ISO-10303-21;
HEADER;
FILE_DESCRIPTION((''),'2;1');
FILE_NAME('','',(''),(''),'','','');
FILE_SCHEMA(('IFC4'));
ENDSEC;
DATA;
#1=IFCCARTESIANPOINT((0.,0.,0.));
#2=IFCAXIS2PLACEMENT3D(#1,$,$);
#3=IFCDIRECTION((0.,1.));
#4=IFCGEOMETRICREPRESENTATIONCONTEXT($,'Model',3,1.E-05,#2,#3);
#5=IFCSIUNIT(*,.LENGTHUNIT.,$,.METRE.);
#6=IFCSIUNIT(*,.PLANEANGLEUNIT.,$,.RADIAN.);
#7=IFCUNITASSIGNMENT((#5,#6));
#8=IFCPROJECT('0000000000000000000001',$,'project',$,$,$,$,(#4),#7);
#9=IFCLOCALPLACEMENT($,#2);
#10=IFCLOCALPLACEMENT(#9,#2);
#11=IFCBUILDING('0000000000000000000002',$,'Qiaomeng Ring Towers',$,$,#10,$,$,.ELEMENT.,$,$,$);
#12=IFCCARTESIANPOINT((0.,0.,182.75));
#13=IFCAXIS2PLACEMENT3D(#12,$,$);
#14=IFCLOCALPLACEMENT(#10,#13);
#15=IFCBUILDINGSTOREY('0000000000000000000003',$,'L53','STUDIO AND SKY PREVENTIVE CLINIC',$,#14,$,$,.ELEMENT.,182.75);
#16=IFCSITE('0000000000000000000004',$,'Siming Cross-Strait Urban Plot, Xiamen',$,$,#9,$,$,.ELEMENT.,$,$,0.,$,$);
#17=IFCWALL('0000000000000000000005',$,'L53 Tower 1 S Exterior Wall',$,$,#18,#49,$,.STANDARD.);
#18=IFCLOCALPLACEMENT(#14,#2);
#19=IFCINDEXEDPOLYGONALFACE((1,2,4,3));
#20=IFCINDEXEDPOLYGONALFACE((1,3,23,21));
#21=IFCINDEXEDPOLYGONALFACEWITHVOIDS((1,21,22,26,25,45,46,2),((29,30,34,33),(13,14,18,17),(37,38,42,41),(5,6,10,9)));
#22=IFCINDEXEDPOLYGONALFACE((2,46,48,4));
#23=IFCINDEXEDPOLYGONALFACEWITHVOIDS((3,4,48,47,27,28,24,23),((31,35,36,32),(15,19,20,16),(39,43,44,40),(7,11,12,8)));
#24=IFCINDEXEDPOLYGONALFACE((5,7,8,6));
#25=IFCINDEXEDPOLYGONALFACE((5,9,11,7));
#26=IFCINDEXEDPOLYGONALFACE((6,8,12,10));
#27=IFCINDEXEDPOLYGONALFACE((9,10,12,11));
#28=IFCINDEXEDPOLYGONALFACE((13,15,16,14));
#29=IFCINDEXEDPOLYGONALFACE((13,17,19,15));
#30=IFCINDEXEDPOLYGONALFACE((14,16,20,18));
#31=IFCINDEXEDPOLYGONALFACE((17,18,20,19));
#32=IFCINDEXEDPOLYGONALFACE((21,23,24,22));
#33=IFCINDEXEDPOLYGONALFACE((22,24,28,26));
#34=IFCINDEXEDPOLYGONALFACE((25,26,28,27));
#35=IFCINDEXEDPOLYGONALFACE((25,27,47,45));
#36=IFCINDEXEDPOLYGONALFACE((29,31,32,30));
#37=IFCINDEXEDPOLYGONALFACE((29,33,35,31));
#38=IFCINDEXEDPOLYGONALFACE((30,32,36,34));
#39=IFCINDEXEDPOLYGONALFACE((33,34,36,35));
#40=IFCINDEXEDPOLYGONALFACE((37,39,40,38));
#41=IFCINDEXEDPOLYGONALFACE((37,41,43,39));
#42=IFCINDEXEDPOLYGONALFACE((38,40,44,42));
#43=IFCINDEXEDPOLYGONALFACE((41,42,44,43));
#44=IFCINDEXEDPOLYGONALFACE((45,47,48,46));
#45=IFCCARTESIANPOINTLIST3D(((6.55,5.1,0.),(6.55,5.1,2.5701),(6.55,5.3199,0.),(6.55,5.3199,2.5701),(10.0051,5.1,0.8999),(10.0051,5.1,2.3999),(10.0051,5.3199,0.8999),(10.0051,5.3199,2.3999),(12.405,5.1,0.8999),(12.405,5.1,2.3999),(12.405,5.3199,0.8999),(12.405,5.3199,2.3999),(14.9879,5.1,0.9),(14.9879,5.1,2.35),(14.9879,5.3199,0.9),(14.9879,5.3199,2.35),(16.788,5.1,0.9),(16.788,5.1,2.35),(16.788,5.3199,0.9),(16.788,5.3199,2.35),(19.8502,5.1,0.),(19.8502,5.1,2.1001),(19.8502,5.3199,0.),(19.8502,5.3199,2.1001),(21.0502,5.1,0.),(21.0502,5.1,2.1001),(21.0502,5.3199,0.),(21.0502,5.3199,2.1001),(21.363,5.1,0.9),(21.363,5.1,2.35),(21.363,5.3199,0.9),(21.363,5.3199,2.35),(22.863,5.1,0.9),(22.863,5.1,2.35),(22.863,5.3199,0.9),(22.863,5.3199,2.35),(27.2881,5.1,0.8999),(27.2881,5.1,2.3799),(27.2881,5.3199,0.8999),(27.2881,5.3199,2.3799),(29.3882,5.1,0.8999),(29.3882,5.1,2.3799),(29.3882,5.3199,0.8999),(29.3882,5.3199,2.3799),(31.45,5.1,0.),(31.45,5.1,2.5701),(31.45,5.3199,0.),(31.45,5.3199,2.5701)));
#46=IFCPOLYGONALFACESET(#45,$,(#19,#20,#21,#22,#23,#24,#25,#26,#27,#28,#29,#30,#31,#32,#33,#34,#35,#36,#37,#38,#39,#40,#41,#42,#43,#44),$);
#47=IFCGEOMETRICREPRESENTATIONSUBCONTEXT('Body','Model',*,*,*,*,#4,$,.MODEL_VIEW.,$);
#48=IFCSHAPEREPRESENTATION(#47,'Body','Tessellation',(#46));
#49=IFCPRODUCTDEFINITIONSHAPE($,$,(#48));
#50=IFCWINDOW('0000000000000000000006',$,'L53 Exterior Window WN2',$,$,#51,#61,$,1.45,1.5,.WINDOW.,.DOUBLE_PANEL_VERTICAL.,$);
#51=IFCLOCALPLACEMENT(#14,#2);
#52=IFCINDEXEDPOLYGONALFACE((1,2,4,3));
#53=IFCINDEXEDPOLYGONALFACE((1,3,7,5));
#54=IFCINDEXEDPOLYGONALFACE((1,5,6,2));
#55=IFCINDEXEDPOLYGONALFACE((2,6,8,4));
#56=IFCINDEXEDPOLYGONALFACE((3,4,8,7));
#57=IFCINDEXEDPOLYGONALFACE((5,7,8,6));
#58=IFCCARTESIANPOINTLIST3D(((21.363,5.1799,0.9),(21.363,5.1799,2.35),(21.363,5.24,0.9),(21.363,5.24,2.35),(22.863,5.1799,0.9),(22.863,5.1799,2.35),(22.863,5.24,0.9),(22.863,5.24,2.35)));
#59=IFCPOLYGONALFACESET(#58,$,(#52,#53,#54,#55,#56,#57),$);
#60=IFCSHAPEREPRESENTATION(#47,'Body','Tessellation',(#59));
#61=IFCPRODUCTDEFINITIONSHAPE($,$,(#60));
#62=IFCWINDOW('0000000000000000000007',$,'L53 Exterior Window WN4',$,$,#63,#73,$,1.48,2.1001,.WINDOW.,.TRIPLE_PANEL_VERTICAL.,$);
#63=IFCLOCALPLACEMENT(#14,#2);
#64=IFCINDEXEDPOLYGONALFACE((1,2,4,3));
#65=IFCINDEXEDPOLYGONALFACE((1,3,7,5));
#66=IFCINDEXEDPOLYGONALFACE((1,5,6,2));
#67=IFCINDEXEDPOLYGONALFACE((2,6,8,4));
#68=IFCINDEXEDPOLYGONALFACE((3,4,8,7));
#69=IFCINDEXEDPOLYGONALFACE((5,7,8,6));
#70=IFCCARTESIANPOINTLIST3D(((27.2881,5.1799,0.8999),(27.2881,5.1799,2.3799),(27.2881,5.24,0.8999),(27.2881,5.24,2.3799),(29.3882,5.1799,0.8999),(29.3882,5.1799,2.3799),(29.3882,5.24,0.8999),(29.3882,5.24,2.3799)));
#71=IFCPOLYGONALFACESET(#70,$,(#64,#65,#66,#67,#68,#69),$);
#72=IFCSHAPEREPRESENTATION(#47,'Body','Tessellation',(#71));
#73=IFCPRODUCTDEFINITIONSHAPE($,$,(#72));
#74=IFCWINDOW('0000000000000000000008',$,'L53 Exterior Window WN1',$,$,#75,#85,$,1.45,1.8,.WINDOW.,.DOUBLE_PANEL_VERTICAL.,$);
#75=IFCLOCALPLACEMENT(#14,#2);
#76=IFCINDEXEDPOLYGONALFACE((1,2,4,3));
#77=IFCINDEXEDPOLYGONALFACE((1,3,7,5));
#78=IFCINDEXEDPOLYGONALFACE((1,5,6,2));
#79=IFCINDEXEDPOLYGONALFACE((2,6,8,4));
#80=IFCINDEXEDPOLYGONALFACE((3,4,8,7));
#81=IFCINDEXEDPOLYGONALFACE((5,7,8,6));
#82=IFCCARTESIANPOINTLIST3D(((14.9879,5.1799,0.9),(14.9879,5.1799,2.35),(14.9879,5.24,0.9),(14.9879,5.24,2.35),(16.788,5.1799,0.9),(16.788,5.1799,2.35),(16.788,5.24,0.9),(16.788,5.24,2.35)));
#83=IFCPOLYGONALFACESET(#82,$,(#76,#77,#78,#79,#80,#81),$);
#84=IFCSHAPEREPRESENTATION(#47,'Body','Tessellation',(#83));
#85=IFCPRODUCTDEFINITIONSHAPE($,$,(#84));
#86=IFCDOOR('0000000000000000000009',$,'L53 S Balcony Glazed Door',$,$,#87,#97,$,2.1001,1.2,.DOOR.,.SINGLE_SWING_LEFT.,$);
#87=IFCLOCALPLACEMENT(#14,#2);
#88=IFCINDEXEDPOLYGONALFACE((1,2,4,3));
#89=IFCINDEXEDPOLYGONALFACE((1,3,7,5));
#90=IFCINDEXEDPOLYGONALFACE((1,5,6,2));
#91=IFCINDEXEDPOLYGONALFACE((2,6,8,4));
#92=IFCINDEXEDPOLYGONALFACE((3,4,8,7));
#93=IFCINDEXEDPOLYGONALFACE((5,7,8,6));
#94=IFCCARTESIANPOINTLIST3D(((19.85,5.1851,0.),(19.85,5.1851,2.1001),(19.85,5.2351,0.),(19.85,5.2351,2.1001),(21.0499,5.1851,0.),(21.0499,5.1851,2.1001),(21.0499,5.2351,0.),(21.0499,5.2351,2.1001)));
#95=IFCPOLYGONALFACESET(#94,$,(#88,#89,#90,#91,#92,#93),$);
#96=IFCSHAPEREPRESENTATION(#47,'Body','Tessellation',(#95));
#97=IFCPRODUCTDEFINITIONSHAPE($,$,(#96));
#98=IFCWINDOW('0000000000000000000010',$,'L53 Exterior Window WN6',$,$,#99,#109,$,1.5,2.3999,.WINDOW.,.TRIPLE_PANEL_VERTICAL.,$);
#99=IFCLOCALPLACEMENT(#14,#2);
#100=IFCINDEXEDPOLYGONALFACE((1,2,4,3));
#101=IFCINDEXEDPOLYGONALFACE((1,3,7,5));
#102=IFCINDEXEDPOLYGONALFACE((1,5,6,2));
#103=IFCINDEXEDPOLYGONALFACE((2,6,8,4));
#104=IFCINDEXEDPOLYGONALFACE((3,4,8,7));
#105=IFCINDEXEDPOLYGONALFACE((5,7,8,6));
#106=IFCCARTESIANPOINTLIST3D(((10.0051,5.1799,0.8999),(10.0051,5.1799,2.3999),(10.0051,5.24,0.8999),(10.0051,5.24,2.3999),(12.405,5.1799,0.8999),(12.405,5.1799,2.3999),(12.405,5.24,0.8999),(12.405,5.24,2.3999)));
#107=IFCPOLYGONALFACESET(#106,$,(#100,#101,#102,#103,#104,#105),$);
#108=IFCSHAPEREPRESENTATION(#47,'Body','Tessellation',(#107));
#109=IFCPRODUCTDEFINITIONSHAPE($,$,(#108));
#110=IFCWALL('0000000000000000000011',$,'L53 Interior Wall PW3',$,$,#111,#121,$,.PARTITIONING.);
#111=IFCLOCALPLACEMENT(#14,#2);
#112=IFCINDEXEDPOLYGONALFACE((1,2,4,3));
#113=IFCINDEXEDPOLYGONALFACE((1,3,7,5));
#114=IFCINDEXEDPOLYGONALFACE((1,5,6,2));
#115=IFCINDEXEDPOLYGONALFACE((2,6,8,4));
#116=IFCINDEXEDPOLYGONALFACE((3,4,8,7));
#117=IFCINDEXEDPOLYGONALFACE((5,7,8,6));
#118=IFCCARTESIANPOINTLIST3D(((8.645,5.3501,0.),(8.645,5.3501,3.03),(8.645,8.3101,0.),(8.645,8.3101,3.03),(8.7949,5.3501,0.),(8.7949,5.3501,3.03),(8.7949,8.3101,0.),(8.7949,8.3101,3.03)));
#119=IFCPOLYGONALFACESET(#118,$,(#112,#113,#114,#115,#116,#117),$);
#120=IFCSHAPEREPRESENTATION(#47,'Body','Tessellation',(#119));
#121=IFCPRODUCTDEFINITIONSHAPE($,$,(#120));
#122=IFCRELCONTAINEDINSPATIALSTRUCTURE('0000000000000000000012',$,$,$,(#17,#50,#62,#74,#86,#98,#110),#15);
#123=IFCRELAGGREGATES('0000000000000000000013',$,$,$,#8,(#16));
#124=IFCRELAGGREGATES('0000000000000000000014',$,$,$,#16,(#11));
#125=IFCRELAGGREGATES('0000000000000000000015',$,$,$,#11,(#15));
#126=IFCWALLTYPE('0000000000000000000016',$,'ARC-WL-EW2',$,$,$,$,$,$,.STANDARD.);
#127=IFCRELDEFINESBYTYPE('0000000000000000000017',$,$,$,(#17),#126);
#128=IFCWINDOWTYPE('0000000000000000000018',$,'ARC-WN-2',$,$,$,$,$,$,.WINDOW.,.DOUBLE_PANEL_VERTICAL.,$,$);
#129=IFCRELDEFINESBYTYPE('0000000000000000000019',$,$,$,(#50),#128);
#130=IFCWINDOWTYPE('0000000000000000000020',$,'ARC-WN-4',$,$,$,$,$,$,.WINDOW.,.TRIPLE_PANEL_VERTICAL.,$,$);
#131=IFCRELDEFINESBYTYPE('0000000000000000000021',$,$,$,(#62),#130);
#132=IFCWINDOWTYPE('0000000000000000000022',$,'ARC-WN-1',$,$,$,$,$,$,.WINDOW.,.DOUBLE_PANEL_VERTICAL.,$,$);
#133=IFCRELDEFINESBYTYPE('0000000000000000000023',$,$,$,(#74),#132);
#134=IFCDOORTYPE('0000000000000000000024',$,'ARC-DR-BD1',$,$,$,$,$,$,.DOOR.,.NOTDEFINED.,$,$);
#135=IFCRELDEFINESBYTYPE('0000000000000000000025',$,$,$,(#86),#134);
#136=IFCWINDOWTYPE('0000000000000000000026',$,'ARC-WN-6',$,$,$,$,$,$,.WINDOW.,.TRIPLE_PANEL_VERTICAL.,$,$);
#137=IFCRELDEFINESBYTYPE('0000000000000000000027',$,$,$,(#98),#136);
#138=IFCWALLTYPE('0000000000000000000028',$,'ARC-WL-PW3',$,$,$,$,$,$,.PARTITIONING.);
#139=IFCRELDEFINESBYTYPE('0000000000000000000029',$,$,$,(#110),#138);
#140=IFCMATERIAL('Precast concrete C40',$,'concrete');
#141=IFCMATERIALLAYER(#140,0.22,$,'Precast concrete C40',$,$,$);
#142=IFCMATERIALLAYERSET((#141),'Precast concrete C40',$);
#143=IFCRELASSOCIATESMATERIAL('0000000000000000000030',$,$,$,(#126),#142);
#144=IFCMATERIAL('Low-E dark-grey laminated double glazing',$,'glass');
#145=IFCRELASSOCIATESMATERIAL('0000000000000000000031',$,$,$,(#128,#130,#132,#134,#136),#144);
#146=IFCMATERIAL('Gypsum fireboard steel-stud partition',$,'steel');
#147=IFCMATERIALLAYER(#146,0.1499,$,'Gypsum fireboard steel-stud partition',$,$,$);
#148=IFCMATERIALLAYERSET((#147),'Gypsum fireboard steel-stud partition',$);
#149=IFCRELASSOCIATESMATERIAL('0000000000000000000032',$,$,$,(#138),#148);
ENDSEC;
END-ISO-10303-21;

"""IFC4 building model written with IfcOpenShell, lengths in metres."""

from ifc_helpers import new_model, si_unit, direction, frame, frame_2d, origin, place, context, subcontext, project, spatial, rectangle, extrude, source, transform, mapped, material, layer, layer_set, type_object, element, fill, save


model = new_model("IFC4")

# Units and contexts
model_context = context("Model", 3, precision=1e-05, world=origin(), true_north=direction((0.0, 1.0)))
body_context = subcontext(model_context, "Body", "Model", "MODEL_VIEW")
ifc_project = project(units=[si_unit("LENGTHUNIT", "METRE"), si_unit("PLANEANGLEUNIT", "RADIAN")], contexts=[model_context])

# Site, building, storey
site_placement = place(None, origin())
site = spatial("IfcSite", under=ifc_project, at=site_placement, Name="Siming Cross-Strait Urban Plot, Xiamen", CompositionType="ELEMENT", RefElevation=0.0)
building_placement = place(site_placement, origin())
building = spatial("IfcBuilding", under=site, at=building_placement, Name="Qiaomeng Ring Towers", CompositionType="ELEMENT")
storey_placement = place(building_placement, frame((0.0, 0.0, 182.75)))
storey = spatial("IfcBuildingStorey", under=building, at=storey_placement, Name="L53", Description="STUDIO AND SKY PREVENTIVE CLINIC", CompositionType="ELEMENT", Elevation=182.75)

# Shared definitions
ifc_material_1 = material(Name="Low-E dark-grey laminated double glazing", Category="glass")

# Wall, openings, windows, door
ifc_material_2 = material(Name="Precast concrete C40", Category="concrete")
ifc_layer_1 = layer(ifc_material_2, 0.22, Name="Precast concrete C40")
ifc_layer_set_1 = layer_set([ifc_layer_1], Name="Precast concrete C40")
wall_type_1 = type_object("IfcWallType", Name="ARC-WL-EW2", PredefinedType="STANDARD", material=ifc_layer_set_1)
wall_1_placement = place(storey_placement, frame((6.55, 5.21, 0.0), z_axis=(0.0, 0.0, 1.0), x_axis=(1.0, 0.0, 0.0)))
wall_1 = element("IfcWall", 1, at=wall_1_placement, inside=storey, type_object=wall_type_1, Name="L53 Tower 1 S Exterior Wall", PredefinedType="STANDARD", context=body_context, shape_type="SweptSolid", body=[
    extrude(rectangle(XDim=24.8999, YDim=0.22, at=frame_2d((12.45, 0.0))), origin(), (0.0, 0.0, 1.0), 2.5701),
])
opening_1_placement = place(wall_1_placement, frame((13.3, 0.0, 0.0)))
opening_1 = element("IfcOpeningElement", 2, at=opening_1_placement, cuts=wall_1, PredefinedType="OPENING", context=body_context, shape_type="SweptSolid", body=[
    extrude(rectangle(XDim=1.2, YDim=2.1001, at=frame_2d((0.6001, 1.05))), frame((0.0, 0.1199, 0.0), z_axis=(0.0, -1.0, 0.0), x_axis=(1.0, 0.0, 0.0)), (0.0, 0.0, 1.0), 0.24),
])
opening_2_placement = place(wall_1_placement, frame((3.4551, 0.0, 0.8999)))
opening_2 = element("IfcOpeningElement", 3, at=opening_2_placement, cuts=wall_1, PredefinedType="OPENING", context=body_context, shape_type="SweptSolid", body=[
    extrude(rectangle(XDim=2.3999, YDim=1.5, at=frame_2d((1.2, 0.75))), frame((0.0, 0.1199, 0.0), z_axis=(0.0, -1.0, 0.0), x_axis=(1.0, 0.0, 0.0)), (0.0, 0.0, 1.0), 0.24),
])
opening_3_placement = place(wall_1_placement, frame((8.438, 0.0, 0.8999)))
opening_3 = element("IfcOpeningElement", 4, at=opening_3_placement, cuts=wall_1, PredefinedType="OPENING", context=body_context, shape_type="SweptSolid", body=[
    extrude(rectangle(XDim=1.8, YDim=1.45, at=frame_2d((0.8999, 0.7251))), frame((0.0, 0.1199, 0.0), z_axis=(0.0, -1.0, 0.0), x_axis=(1.0, 0.0, 0.0)), (0.0, 0.0, 1.0), 0.24),
])
opening_4_placement = place(wall_1_placement, frame((14.813, 0.0, 0.8999)))
opening_4 = element("IfcOpeningElement", 5, at=opening_4_placement, cuts=wall_1, PredefinedType="OPENING", context=body_context, shape_type="SweptSolid", body=[
    extrude(rectangle(XDim=1.5, YDim=1.45, at=frame_2d((0.75, 0.7251))), frame((0.0, 0.1199, 0.0), z_axis=(0.0, -1.0, 0.0), x_axis=(1.0, 0.0, 0.0)), (0.0, 0.0, 1.0), 0.24),
])
opening_5_placement = place(wall_1_placement, frame((20.738, 0.0, 0.8999)))
opening_5 = element("IfcOpeningElement", 6, at=opening_5_placement, cuts=wall_1, PredefinedType="OPENING", context=body_context, shape_type="SweptSolid", body=[
    extrude(rectangle(XDim=2.1001, YDim=1.48, at=frame_2d((1.05, 0.74))), frame((0.0, 0.1199, 0.0), z_axis=(0.0, -1.0, 0.0), x_axis=(1.0, 0.0, 0.0)), (0.0, 0.0, 1.0), 0.24),
])
window_type_1 = type_object("IfcWindowType", Name="ARC-WN-2", PartitioningType="DOUBLE_PANEL_VERTICAL", PredefinedType="WINDOW", material=ifc_material_1)
shared_shape_1 = source(origin(), body_context, "Body", "SweptSolid", [
    extrude(rectangle(XDim=1.5, YDim=1.45, at=frame_2d((0.75, 0.7251))), frame((0.0, 0.03, 0.0), z_axis=(0.0, -1.0, 0.0), x_axis=(1.0, 0.0, 0.0)), (0.0, 0.0, 1.0), 0.0601),
])
window_1_placement = place(opening_4_placement, origin())
window_1 = element("IfcWindow", 7, at=window_1_placement, inside=storey, type_object=window_type_1, Name="L53 Exterior Window WN2", OverallHeight=1.45, OverallWidth=1.5, PartitioningType="DOUBLE_PANEL_VERTICAL", PredefinedType="WINDOW", context=body_context, shape_type="MappedRepresentation", body=[
    mapped(shared_shape_1, transform((0.0, 0.0, 0.0), x_axis=(1.0, 0.0, 0.0), y_axis=(0.0, 1.0, 0.0), z_axis=(0.0, 0.0, 1.0), scale=1.0)),
])
fill(opening_4, window_1)
window_type_2 = type_object("IfcWindowType", Name="ARC-WN-4", PartitioningType="TRIPLE_PANEL_VERTICAL", PredefinedType="WINDOW", material=ifc_material_1)
shared_shape_2 = source(origin(), body_context, "Body", "SweptSolid", [
    extrude(rectangle(XDim=2.1001, YDim=1.48, at=frame_2d((1.05, 0.74))), frame((0.0, 0.03, 0.0), z_axis=(0.0, -1.0, 0.0), x_axis=(1.0, 0.0, 0.0)), (0.0, 0.0, 1.0), 0.0601),
])
window_2_placement = place(opening_5_placement, origin())
window_2 = element("IfcWindow", 8, at=window_2_placement, inside=storey, type_object=window_type_2, Name="L53 Exterior Window WN4", OverallHeight=1.48, OverallWidth=2.1001, PartitioningType="TRIPLE_PANEL_VERTICAL", PredefinedType="WINDOW", context=body_context, shape_type="MappedRepresentation", body=[
    mapped(shared_shape_2, transform((0.0, 0.0, 0.0), x_axis=(1.0, 0.0, 0.0), y_axis=(0.0, 1.0, 0.0), z_axis=(0.0, 0.0, 1.0), scale=1.0)),
])
fill(opening_5, window_2)
window_type_3 = type_object("IfcWindowType", Name="ARC-WN-1", PartitioningType="DOUBLE_PANEL_VERTICAL", PredefinedType="WINDOW", material=ifc_material_1)
shared_shape_3 = source(origin(), body_context, "Body", "SweptSolid", [
    extrude(rectangle(XDim=1.8, YDim=1.45, at=frame_2d((0.8999, 0.7251))), frame((0.0, 0.03, 0.0), z_axis=(0.0, -1.0, 0.0), x_axis=(1.0, 0.0, 0.0)), (0.0, 0.0, 1.0), 0.0601),
])
window_3_placement = place(opening_3_placement, origin())
window_3 = element("IfcWindow", 9, at=window_3_placement, inside=storey, type_object=window_type_3, Name="L53 Exterior Window WN1", OverallHeight=1.45, OverallWidth=1.8, PartitioningType="DOUBLE_PANEL_VERTICAL", PredefinedType="WINDOW", context=body_context, shape_type="MappedRepresentation", body=[
    mapped(shared_shape_3, transform((0.0, 0.0, 0.0), x_axis=(1.0, 0.0, 0.0), y_axis=(0.0, 1.0, 0.0), z_axis=(0.0, 0.0, 1.0), scale=1.0)),
])
fill(opening_3, window_3)
door_type = type_object("IfcDoorType", Name="ARC-DR-BD1", OperationType="NOTDEFINED", PredefinedType="DOOR", material=ifc_material_1)
shared_shape_4 = source(origin(), body_context, "Body", "SweptSolid", [
    extrude(rectangle(XDim=1.2, YDim=2.1001, at=frame_2d((0.6001, 1.05))), frame((0.0, 0.0249, 0.0), z_axis=(0.0, -1.0, 0.0), x_axis=(1.0, 0.0, 0.0)), (0.0, 0.0, 1.0), 0.05),
])
door_placement = place(opening_1_placement, frame((1.2, 0.0, 0.0), z_axis=(0.0, 0.0, 1.0), x_axis=(-1.0, 0.0, 0.0)))
door = element("IfcDoor", 10, at=door_placement, inside=storey, type_object=door_type, Name="L53 S Balcony Glazed Door", OperationType="SINGLE_SWING_LEFT", OverallHeight=2.1001, OverallWidth=1.2, PredefinedType="DOOR", context=body_context, shape_type="MappedRepresentation", body=[
    mapped(shared_shape_4, transform((0.0, 0.0, 0.0), x_axis=(1.0, 0.0, 0.0), y_axis=(0.0, 1.0, 0.0), z_axis=(0.0, 0.0, 1.0), scale=1.0)),
])
fill(opening_1, door)
window_type_4 = type_object("IfcWindowType", Name="ARC-WN-6", PartitioningType="TRIPLE_PANEL_VERTICAL", PredefinedType="WINDOW", material=ifc_material_1)
shared_shape_5 = source(origin(), body_context, "Body", "SweptSolid", [
    extrude(rectangle(XDim=2.3999, YDim=1.5, at=frame_2d((1.2, 0.75))), frame((0.0, 0.03, 0.0), z_axis=(0.0, -1.0, 0.0), x_axis=(1.0, 0.0, 0.0)), (0.0, 0.0, 1.0), 0.0601),
])
window_4_placement = place(opening_2_placement, origin())
window_4 = element("IfcWindow", 11, at=window_4_placement, inside=storey, type_object=window_type_4, Name="L53 Exterior Window WN6", OverallHeight=1.5, OverallWidth=2.3999, PartitioningType="TRIPLE_PANEL_VERTICAL", PredefinedType="WINDOW", context=body_context, shape_type="MappedRepresentation", body=[
    mapped(shared_shape_5, transform((0.0, 0.0, 0.0), x_axis=(1.0, 0.0, 0.0), y_axis=(0.0, 1.0, 0.0), z_axis=(0.0, 0.0, 1.0), scale=1.0)),
])
fill(opening_2, window_4)

# Wall
ifc_material_3 = material(Name="Gypsum fireboard steel-stud partition", Category="steel")
ifc_layer_2 = layer(ifc_material_3, 0.1499, Name="Gypsum fireboard steel-stud partition")
ifc_layer_set_2 = layer_set([ifc_layer_2], Name="Gypsum fireboard steel-stud partition")
wall_type_2 = type_object("IfcWallType", Name="ARC-WL-PW3", PredefinedType="PARTITIONING", material=ifc_layer_set_2)
wall_2_placement = place(storey_placement, frame((8.72, 5.3501, 0.0), z_axis=(0.0, 0.0, 1.0), x_axis=(0.0, 1.0, 0.0)))
element("IfcWall", 12, at=wall_2_placement, inside=storey, type_object=wall_type_2, Name="L53 Interior Wall PW3", PredefinedType="PARTITIONING", context=body_context, shape_type="SweptSolid", body=[
    extrude(rectangle(XDim=2.96, YDim=0.1499, at=frame_2d((1.48, 0.0))), origin(), (0.0, 0.0, 1.0), 3.03),
])

save(model, "model.ifc")
